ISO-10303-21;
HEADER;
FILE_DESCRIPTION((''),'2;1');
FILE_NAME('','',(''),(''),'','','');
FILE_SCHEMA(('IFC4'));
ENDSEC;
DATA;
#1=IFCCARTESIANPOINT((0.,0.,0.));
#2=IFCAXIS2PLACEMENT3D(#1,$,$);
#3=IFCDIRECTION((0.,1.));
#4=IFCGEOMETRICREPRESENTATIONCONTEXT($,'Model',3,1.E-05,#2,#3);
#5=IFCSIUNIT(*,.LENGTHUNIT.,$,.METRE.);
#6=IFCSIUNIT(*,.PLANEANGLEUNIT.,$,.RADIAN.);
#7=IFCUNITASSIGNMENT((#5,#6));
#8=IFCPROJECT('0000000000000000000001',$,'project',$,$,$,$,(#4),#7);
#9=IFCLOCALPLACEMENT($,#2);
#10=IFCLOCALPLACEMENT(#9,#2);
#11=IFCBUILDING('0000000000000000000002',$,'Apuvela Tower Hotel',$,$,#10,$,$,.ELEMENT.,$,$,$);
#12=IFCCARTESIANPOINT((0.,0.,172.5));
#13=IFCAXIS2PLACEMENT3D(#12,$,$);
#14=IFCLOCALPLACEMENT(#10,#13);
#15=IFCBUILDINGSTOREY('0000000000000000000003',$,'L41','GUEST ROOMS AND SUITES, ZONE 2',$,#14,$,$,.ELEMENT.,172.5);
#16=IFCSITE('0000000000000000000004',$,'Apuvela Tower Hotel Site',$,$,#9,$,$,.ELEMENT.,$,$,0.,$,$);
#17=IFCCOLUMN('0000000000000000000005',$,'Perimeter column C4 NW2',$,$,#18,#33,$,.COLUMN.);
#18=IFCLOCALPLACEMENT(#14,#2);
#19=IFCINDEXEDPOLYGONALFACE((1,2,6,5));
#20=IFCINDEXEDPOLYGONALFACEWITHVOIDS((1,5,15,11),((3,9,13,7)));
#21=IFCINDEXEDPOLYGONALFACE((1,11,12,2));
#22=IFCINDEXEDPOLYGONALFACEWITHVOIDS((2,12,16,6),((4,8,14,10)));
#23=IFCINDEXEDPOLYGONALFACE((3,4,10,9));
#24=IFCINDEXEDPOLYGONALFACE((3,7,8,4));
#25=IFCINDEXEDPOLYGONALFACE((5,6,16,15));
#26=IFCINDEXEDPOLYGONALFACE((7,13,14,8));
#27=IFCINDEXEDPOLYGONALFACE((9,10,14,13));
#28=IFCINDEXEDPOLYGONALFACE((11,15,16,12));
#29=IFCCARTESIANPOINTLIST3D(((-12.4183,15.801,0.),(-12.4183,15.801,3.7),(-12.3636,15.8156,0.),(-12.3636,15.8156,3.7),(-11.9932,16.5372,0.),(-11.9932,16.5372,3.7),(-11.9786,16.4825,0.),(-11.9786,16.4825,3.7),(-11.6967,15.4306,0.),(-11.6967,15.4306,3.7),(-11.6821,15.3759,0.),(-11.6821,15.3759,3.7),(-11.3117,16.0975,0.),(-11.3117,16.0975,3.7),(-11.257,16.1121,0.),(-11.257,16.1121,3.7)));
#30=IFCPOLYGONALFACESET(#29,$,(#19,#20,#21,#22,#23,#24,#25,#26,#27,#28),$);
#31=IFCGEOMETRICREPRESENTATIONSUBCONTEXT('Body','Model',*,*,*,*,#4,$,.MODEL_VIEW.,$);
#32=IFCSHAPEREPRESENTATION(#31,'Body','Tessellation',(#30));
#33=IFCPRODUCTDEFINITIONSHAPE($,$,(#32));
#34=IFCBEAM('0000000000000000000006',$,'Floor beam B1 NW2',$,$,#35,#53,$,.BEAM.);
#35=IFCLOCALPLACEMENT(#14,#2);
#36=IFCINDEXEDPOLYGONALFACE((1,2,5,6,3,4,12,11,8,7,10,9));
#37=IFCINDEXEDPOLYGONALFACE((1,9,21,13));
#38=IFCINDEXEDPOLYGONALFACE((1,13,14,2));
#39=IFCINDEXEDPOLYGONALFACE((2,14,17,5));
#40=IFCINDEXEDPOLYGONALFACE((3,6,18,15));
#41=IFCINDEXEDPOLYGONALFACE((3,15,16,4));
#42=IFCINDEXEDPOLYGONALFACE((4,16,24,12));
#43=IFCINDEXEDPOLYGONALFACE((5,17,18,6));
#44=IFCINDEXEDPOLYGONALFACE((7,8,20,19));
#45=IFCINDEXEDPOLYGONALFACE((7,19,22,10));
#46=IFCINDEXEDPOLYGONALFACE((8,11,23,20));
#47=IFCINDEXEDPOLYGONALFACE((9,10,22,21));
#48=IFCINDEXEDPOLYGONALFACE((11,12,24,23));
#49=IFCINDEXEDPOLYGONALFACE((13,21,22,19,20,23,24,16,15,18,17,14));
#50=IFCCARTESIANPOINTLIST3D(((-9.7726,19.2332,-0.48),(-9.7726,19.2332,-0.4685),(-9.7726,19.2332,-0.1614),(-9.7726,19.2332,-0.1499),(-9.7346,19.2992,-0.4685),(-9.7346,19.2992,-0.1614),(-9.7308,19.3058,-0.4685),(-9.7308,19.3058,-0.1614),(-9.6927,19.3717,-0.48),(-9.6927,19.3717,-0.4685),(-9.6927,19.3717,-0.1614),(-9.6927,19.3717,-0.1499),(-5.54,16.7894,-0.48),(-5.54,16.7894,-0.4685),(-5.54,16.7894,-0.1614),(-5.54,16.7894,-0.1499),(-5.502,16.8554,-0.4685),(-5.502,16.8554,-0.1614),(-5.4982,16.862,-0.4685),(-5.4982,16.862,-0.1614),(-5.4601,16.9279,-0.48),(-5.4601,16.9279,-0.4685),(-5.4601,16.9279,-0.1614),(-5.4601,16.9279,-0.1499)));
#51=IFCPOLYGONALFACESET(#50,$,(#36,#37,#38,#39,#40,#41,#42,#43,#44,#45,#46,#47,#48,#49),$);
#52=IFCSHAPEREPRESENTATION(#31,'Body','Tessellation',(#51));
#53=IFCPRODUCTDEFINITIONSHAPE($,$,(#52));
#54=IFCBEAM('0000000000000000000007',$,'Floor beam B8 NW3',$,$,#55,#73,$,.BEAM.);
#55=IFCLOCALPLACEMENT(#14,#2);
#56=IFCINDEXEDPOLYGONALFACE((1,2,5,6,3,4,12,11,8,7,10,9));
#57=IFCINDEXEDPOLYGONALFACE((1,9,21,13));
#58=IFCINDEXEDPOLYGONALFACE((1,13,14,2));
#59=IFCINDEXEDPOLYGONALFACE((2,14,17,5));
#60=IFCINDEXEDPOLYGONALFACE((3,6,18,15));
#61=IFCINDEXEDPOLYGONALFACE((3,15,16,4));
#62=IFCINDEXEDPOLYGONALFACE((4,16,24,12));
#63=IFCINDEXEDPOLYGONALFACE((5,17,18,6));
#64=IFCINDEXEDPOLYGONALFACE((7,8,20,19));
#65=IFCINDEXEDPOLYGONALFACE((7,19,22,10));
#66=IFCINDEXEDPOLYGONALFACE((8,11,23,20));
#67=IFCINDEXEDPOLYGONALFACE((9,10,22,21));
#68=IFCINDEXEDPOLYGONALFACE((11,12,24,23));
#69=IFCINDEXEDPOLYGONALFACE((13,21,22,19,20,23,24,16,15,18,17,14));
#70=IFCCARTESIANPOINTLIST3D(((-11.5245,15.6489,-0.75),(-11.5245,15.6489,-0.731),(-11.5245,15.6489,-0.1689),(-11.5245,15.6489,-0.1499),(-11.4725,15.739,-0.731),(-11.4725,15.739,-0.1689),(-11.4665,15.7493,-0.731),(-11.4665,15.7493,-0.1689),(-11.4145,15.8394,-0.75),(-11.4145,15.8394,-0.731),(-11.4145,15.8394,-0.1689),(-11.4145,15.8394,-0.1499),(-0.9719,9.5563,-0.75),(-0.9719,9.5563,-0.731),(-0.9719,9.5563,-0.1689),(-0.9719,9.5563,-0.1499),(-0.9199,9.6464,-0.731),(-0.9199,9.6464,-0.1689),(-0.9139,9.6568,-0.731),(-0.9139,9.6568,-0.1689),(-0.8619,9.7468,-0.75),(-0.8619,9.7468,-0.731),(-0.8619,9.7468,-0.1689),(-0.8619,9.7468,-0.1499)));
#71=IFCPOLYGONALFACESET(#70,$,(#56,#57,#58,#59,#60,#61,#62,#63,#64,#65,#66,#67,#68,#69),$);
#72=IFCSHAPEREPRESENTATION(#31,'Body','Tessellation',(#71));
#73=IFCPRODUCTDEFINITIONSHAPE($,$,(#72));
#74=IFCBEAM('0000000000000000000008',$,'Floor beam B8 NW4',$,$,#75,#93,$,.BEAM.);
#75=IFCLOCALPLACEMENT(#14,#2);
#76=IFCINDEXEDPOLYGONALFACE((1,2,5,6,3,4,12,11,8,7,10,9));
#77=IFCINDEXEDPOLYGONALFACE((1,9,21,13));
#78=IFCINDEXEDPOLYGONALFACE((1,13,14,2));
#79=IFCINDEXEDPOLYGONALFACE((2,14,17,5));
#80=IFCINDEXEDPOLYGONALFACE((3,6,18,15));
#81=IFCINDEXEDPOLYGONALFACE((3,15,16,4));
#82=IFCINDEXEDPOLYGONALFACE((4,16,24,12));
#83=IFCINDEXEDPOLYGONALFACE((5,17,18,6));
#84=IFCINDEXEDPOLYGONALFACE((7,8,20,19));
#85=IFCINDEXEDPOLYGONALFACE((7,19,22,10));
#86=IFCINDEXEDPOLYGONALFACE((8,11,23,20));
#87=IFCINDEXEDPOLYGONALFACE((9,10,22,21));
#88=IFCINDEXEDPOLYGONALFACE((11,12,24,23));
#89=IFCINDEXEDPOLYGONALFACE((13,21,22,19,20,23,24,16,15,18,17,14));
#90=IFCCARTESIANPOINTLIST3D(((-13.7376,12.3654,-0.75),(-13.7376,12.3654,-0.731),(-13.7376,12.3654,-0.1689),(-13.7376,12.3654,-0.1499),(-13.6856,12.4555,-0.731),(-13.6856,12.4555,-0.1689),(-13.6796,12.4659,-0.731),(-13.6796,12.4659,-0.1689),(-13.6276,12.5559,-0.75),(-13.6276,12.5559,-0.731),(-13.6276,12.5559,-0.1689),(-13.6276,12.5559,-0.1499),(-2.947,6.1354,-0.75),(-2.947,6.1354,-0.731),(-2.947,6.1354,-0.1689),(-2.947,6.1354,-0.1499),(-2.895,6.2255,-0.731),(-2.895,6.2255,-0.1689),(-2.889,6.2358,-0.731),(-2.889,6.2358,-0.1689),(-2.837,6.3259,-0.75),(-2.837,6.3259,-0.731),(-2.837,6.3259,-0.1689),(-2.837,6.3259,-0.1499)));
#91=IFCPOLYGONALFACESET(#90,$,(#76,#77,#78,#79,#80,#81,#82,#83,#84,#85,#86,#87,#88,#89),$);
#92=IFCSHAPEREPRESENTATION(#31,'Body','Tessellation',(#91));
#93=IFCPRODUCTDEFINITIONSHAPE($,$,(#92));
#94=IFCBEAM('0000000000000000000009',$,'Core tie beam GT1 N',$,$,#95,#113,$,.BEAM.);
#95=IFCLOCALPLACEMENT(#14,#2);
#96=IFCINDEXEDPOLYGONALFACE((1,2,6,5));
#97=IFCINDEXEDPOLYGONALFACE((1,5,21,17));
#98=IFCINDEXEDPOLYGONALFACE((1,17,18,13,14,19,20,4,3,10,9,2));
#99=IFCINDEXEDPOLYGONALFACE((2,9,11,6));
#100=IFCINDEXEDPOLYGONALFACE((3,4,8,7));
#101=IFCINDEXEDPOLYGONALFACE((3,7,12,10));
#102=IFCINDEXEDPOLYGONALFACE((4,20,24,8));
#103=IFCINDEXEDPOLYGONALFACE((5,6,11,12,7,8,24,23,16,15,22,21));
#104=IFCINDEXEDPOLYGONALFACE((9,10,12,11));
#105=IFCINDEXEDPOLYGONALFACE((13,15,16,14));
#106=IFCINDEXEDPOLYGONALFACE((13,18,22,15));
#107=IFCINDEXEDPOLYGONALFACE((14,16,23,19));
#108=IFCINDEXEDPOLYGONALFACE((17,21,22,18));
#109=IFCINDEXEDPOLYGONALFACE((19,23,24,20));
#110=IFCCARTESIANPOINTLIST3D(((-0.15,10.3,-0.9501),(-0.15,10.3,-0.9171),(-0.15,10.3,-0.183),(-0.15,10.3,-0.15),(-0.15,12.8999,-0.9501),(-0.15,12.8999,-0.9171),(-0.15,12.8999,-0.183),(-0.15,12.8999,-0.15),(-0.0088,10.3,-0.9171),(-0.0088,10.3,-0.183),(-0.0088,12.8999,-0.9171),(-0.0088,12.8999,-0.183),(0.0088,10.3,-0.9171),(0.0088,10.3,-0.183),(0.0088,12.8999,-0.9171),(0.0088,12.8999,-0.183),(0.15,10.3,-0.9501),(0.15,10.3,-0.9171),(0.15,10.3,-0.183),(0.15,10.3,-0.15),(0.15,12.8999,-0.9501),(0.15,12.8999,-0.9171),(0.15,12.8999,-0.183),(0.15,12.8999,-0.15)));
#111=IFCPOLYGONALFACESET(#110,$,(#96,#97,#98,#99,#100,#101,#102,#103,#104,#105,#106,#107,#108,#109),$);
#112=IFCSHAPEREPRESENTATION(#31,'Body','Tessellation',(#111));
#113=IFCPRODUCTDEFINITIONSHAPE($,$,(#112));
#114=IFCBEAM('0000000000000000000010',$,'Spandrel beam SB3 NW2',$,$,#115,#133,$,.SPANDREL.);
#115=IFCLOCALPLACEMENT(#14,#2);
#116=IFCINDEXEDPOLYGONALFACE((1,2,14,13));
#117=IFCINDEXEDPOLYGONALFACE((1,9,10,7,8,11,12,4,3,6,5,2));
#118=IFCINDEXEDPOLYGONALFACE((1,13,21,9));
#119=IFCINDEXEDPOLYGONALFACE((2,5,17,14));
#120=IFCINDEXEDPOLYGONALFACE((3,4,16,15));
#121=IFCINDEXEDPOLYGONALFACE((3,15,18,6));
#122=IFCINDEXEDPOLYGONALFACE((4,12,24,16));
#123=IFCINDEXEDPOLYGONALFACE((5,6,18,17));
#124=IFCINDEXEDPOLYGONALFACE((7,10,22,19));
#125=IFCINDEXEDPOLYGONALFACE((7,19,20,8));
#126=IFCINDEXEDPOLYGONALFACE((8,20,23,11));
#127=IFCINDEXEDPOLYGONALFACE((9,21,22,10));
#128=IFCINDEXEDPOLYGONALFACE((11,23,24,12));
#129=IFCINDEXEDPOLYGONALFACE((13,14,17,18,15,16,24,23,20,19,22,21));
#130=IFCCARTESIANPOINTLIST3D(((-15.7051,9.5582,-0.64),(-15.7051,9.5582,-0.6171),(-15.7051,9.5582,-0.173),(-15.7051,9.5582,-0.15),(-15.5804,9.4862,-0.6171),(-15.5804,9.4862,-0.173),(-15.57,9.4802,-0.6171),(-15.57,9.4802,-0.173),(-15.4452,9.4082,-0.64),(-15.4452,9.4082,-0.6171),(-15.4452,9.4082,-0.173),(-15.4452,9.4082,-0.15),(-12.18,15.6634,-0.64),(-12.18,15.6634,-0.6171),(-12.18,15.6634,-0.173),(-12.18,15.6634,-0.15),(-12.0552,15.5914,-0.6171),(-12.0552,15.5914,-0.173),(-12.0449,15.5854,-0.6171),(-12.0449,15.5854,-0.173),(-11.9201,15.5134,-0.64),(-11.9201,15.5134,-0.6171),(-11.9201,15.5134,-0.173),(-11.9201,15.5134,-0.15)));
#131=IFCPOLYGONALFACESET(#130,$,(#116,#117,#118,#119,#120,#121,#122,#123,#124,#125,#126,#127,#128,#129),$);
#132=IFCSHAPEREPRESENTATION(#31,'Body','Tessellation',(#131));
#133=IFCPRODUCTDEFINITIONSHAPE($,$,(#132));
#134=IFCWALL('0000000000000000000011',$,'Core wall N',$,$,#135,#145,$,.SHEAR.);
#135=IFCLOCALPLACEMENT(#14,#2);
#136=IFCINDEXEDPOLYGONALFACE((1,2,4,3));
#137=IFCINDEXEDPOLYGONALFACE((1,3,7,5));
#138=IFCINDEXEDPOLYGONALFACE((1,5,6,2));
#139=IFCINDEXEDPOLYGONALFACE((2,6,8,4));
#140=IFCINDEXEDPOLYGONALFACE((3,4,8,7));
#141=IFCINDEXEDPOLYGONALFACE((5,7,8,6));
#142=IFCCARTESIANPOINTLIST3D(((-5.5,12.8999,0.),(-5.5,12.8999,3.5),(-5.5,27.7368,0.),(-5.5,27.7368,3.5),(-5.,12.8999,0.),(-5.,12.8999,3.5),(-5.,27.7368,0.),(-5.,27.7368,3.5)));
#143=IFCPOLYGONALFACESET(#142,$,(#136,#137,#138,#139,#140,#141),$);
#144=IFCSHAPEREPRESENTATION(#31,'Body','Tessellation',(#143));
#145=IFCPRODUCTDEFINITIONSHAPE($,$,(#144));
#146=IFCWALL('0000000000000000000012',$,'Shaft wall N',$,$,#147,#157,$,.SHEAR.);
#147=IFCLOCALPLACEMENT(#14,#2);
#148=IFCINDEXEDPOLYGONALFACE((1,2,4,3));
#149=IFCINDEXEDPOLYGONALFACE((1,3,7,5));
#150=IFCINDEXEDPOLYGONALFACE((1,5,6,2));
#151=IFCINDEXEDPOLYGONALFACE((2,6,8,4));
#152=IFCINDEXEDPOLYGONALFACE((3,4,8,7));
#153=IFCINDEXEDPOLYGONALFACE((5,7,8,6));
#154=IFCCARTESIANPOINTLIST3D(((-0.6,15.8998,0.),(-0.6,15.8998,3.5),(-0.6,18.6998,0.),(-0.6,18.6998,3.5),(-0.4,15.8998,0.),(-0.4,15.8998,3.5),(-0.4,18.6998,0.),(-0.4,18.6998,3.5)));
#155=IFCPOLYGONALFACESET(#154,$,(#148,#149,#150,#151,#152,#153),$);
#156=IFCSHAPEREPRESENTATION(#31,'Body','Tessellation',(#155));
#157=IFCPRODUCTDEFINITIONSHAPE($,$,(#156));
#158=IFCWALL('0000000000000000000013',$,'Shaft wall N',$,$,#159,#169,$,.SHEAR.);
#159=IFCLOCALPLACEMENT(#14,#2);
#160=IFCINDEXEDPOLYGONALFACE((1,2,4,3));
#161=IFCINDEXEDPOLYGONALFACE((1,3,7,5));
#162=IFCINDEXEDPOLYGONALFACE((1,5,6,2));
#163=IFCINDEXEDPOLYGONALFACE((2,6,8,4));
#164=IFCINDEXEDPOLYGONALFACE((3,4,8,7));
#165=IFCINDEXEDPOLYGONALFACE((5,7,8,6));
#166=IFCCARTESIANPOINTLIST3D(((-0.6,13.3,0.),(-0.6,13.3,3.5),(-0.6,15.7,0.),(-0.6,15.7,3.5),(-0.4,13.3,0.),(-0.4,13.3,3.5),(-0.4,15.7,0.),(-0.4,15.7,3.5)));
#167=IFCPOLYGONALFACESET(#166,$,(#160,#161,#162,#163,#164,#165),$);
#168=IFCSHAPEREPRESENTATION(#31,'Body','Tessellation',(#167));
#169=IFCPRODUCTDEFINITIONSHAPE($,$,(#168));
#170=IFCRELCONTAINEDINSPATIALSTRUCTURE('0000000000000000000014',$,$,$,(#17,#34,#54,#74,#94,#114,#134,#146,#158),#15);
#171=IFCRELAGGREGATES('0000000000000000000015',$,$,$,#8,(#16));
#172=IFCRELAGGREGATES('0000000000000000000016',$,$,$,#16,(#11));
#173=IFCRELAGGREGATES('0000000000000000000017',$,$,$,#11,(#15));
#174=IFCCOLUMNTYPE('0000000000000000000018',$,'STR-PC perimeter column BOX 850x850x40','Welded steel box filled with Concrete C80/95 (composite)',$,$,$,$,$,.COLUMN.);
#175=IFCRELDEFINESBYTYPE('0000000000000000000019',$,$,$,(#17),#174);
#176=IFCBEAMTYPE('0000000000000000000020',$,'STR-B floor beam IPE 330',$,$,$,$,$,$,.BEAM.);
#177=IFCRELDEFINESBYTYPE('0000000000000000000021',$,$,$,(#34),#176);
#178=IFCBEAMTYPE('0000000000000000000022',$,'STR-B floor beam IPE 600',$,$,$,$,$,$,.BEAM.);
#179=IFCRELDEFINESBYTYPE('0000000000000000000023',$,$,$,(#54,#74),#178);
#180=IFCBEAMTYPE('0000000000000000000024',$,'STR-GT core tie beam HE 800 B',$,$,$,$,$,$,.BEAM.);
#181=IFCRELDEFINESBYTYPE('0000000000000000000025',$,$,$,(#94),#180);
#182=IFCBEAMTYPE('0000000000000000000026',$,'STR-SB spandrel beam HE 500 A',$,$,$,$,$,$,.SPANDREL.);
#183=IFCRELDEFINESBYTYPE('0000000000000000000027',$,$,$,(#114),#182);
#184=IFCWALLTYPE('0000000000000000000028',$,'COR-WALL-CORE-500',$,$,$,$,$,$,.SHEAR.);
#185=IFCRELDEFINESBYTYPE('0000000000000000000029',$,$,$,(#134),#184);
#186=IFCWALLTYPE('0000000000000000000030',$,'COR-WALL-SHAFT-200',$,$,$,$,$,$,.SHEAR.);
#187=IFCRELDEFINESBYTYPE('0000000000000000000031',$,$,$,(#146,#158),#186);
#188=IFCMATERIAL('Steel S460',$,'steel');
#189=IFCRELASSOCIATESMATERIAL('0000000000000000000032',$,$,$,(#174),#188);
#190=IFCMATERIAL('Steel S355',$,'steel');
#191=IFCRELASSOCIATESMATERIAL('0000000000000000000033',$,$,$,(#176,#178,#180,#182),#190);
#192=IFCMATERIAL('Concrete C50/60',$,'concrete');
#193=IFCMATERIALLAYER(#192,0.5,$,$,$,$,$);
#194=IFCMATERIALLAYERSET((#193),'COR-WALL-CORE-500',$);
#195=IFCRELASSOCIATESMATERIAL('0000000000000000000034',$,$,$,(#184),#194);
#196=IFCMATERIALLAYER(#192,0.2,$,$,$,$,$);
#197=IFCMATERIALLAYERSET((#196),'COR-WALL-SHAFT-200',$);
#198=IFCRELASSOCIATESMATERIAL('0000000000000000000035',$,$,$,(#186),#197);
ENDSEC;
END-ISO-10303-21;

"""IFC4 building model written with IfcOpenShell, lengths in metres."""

from ifc_helpers import new_model, si_unit, direction, frame, frame_2d, origin, origin_2d, place, context, subcontext, project, spatial, rectangle, hollow_rectangle, i_section, extrude, material, layer, layer_set, material_profile, profile_set, type_object, element, save


model = new_model("IFC4")

# Units and contexts
model_context = context("Model", 3, precision=1e-05, world=origin(), true_north=direction((0.0, 1.0)))
body_context = subcontext(model_context, "Body", "Model", "MODEL_VIEW")
ifc_project = project(units=[si_unit("LENGTHUNIT", "METRE"), si_unit("PLANEANGLEUNIT", "RADIAN")], contexts=[model_context])

# Site, building, storey
site_placement = place(None, origin())
site = spatial("IfcSite", under=ifc_project, at=site_placement, Name="Apuvela Tower Hotel Site", CompositionType="ELEMENT", RefElevation=0.0)
building_placement = place(site_placement, origin())
building = spatial("IfcBuilding", under=site, at=building_placement, Name="Apuvela Tower Hotel", CompositionType="ELEMENT")
storey_placement = place(building_placement, frame((0.0, 0.0, 172.5)))
storey = spatial("IfcBuildingStorey", under=building, at=storey_placement, Name="L41", Description="GUEST ROOMS AND SUITES, ZONE 2", CompositionType="ELEMENT", Elevation=172.5)

# Column
ifc_material_1 = material(Name="Steel S460", Category="steel")
ifc_material_profile_1 = material_profile(ifc_material_1, hollow_rectangle(XDim=0.8501, YDim=0.8501, WallThickness=0.04, at=origin_2d()), Name="BOX 850x850x40")
ifc_material_2 = material(Name="Concrete C80/95", Category="concrete")
ifc_material_profile_2 = material_profile(ifc_material_2, rectangle(XDim=0.77, YDim=0.77, at=origin_2d()), Name="Concrete C80/95 infill")
ifc_profile_set_1 = profile_set([ifc_material_profile_1, ifc_material_profile_2], Name="Steel S460")
column_type = type_object("IfcColumnType", Name="STR-PC perimeter column BOX 850x850x40", Description="Welded steel box filled with Concrete C80/95 (composite)", PredefinedType="COLUMN", material=ifc_profile_set_1)
column_placement = place(storey_placement, frame((-11.8376, 15.9565, 0.0), z_axis=(0.0, 0.0, 1.0), x_axis=(0.5, 0.866025, 0.0)))
element("IfcColumn", 1, at=column_placement, inside=storey, type_object=column_type, Name="Perimeter column C4 NW2", PredefinedType="COLUMN", context=body_context, shape_type="SweptSolid", body=[
    extrude(hollow_rectangle(XDim=0.8501, YDim=0.8501, WallThickness=0.04, at=origin_2d()), origin(), (0.0, 0.0, 1.0), 3.7),
])

# Beams
ifc_material_3 = material(Name="Steel S355", Category="steel")
ifc_material_profile_3 = material_profile(ifc_material_3, i_section(OverallWidth=0.1599, OverallDepth=0.3301, WebThickness=0.0076, FlangeThickness=0.0115, at=origin_2d()), Name="IPE 330")
ifc_profile_set_2 = profile_set([ifc_material_profile_3], Name="Steel S355")
beam_type_1 = type_object("IfcBeamType", Name="STR-B floor beam IPE 330", PredefinedType="BEAM", material=ifc_profile_set_2)
beam_1_placement = place(storey_placement, frame((-9.7327, 19.3025, -0.3149), z_axis=(0.866015, -0.500018, 0.0), x_axis=(0.500018, 0.866015, 0.0)))
element("IfcBeam", 2, at=beam_1_placement, inside=storey, type_object=beam_type_1, Name="Floor beam B1 NW2", PredefinedType="BEAM", context=body_context, shape_type="SweptSolid", body=[
    extrude(i_section(OverallWidth=0.1599, OverallDepth=0.3301, WebThickness=0.0076, FlangeThickness=0.0115, at=origin_2d()), origin(), (0.0, 0.0, 1.0), 4.8875),
])
ifc_material_profile_4 = material_profile(ifc_material_3, i_section(OverallWidth=0.22, OverallDepth=0.6001, WebThickness=0.012, FlangeThickness=0.019, at=origin_2d()), Name="IPE 600")
ifc_profile_set_3 = profile_set([ifc_material_profile_4], Name="Steel S355")
beam_type_2 = type_object("IfcBeamType", Name="STR-B floor beam IPE 600", PredefinedType="BEAM", material=ifc_profile_set_3)
beam_2_placement = place(storey_placement, frame((-11.4695, 15.7441, -0.45), z_axis=(0.866024, -0.500003, 0.0), x_axis=(0.500003, 0.866024, 0.0)))
element("IfcBeam", 3, at=beam_2_placement, inside=storey, type_object=beam_type_2, Name="Floor beam B8 NW3", PredefinedType="BEAM", context=body_context, shape_type="SweptSolid", body=[
    extrude(i_section(OverallWidth=0.22, OverallDepth=0.6001, WebThickness=0.012, FlangeThickness=0.019, at=origin_2d()), origin(), (0.0, 0.0, 1.0), 12.1851),
])
beam_3_placement = place(storey_placement, frame((-13.6826, 12.4607, -0.45), z_axis=(0.866023, -0.500004, 0.0), x_axis=(0.500004, 0.866023, 0.0)))
element("IfcBeam", 4, at=beam_3_placement, inside=storey, type_object=beam_type_2, Name="Floor beam B8 NW4", PredefinedType="BEAM", context=body_context, shape_type="SweptSolid", body=[
    extrude(i_section(OverallWidth=0.22, OverallDepth=0.6001, WebThickness=0.012, FlangeThickness=0.019, at=origin_2d()), origin(), (0.0, 0.0, 1.0), 12.46),
])
ifc_material_profile_5 = material_profile(ifc_material_3, i_section(OverallWidth=0.3, OverallDepth=0.8, WebThickness=0.0176, FlangeThickness=0.033, at=origin_2d()), Name="HE 800 B")
ifc_profile_set_4 = profile_set([ifc_material_profile_5], Name="Steel S355")
beam_type_3 = type_object("IfcBeamType", Name="STR-GT core tie beam HE 800 B", PredefinedType="BEAM", material=ifc_profile_set_4)
beam_4_placement = place(storey_placement, frame((0.0, 12.8999, -0.55), z_axis=(0.0, -1.0, 0.0), x_axis=(1.0, 0.0, 0.0)))
element("IfcBeam", 5, at=beam_4_placement, inside=storey, type_object=beam_type_3, Name="Core tie beam GT1 N", PredefinedType="BEAM", context=body_context, shape_type="SweptSolid", body=[
    extrude(i_section(OverallWidth=0.3, OverallDepth=0.8, WebThickness=0.0176, FlangeThickness=0.033, at=origin_2d()), origin(), (0.0, 0.0, 1.0), 2.5999),
])
ifc_material_profile_6 = material_profile(ifc_material_3, i_section(OverallWidth=0.3, OverallDepth=0.49, WebThickness=0.012, FlangeThickness=0.0229, at=origin_2d()), Name="HE 500 A")
ifc_profile_set_5 = profile_set([ifc_material_profile_6], Name="Steel S355")
beam_type_4 = type_object("IfcBeamType", Name="STR-SB spandrel beam HE 500 A", PredefinedType="SPANDREL", material=ifc_profile_set_5)
beam_5_placement = place(storey_placement, frame((-12.05, 15.5884, -0.395), z_axis=(-0.500031, -0.866007, 0.0), x_axis=(0.866007, -0.500031, 0.0)))
element("IfcBeam", 6, at=beam_5_placement, inside=storey, type_object=beam_type_4, Name="Spandrel beam SB3 NW2", PredefinedType="SPANDREL", context=body_context, shape_type="SweptSolid", body=[
    extrude(i_section(OverallWidth=0.3, OverallDepth=0.49, WebThickness=0.012, FlangeThickness=0.0229, at=origin_2d()), origin(), (0.0, 0.0, 1.0), 7.0498),
])

# Walls
ifc_material_4 = material(Name="Concrete C50/60", Category="concrete")
ifc_layer_1 = layer(ifc_material_4, 0.5)
ifc_layer_set_1 = layer_set([ifc_layer_1], Name="COR-WALL-CORE-500")
wall_type_1 = type_object("IfcWallType", Name="COR-WALL-CORE-500", PredefinedType="SHEAR", material=ifc_layer_set_1)
wall_1_placement = place(storey_placement, frame((-5.25, 12.8999, 0.0), z_axis=(0.0, 0.0, 1.0), x_axis=(0.0, 1.0, 0.0)))
element("IfcWall", 7, at=wall_1_placement, inside=storey, type_object=wall_type_1, Name="Core wall N", PredefinedType="SHEAR", context=body_context, shape_type="SweptSolid", body=[
    extrude(rectangle(XDim=14.8369, YDim=0.5, at=frame_2d((7.4185, 0.0))), origin(), (0.0, 0.0, 1.0), 3.5),
])
ifc_layer_2 = layer(ifc_material_4, 0.2)
ifc_layer_set_2 = layer_set([ifc_layer_2], Name="COR-WALL-SHAFT-200")
wall_type_2 = type_object("IfcWallType", Name="COR-WALL-SHAFT-200", PredefinedType="SHEAR", material=ifc_layer_set_2)
wall_2_placement = place(storey_placement, frame((-0.5, 15.8999, 0.0), z_axis=(0.0, 0.0, 1.0), x_axis=(0.0, 1.0, 0.0)))
element("IfcWall", 8, at=wall_2_placement, inside=storey, type_object=wall_type_2, Name="Shaft wall N", PredefinedType="SHEAR", context=body_context, shape_type="SweptSolid", body=[
    extrude(rectangle(XDim=2.8, YDim=0.2, at=frame_2d((1.3999, 0.0))), origin(), (0.0, 0.0, 1.0), 3.5),
])
wall_3_placement = place(storey_placement, frame((-0.5, 13.3, 0.0), z_axis=(0.0, 0.0, 1.0), x_axis=(0.0, 1.0, 0.0)))
element("IfcWall", 9, at=wall_3_placement, inside=storey, type_object=wall_type_2, Name="Shaft wall N", PredefinedType="SHEAR", context=body_context, shape_type="SweptSolid", body=[
    extrude(rectangle(XDim=2.3999, YDim=0.2, at=frame_2d((1.2, 0.0))), origin(), (0.0, 0.0, 1.0), 3.5),
])

save(model, "model.ifc")
